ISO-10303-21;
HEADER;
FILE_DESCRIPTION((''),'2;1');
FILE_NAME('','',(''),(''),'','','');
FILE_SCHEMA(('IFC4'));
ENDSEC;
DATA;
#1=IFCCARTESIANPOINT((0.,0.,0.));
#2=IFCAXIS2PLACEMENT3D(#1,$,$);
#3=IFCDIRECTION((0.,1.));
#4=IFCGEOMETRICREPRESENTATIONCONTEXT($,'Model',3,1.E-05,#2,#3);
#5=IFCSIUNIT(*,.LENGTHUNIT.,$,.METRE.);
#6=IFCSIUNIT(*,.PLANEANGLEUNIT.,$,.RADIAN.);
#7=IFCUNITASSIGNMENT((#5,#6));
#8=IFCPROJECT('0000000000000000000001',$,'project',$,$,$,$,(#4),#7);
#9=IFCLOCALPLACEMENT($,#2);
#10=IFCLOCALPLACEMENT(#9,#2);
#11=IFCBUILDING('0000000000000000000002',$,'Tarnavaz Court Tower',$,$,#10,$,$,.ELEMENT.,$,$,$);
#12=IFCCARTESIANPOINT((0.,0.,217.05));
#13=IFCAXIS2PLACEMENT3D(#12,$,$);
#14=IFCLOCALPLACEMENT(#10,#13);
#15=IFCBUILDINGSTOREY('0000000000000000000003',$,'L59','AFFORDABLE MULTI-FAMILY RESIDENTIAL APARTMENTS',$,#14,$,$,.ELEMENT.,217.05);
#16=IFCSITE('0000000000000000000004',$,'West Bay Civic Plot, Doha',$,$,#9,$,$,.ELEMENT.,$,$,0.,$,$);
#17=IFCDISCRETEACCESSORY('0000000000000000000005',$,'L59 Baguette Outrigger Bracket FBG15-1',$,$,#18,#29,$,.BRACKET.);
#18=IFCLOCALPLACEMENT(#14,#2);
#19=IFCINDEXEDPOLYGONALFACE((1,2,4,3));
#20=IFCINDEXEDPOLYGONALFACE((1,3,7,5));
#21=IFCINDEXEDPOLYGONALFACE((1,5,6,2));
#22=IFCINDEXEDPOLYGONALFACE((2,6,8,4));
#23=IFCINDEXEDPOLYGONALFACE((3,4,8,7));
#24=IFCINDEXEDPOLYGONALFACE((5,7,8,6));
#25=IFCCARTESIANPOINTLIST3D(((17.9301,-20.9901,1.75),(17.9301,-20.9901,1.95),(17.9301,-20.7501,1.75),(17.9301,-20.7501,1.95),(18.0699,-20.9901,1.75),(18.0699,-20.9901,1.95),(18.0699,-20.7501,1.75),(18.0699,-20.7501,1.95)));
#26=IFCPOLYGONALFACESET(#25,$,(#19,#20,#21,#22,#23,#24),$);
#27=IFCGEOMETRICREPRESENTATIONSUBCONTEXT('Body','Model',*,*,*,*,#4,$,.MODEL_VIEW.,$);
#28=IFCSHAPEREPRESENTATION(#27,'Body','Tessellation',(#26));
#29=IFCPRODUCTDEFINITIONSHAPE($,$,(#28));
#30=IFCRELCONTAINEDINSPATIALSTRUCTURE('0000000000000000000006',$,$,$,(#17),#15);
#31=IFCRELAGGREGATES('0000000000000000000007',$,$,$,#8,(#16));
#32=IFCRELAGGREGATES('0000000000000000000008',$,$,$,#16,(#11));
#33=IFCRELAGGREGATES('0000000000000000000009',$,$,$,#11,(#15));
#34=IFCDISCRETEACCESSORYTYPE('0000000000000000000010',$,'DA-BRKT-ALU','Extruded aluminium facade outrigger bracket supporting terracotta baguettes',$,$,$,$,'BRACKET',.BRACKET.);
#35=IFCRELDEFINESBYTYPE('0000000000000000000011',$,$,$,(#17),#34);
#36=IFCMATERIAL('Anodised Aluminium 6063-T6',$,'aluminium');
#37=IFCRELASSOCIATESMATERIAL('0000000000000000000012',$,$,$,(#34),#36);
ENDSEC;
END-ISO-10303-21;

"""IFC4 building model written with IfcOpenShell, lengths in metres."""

from ifc_helpers import new_model, si_unit, direction, frame, origin, origin_2d, place, context, subcontext, project, spatial, rectangle, extrude, material, type_object, element, save


model = new_model("IFC4")

# Units and contexts
model_context = context("Model", 3, precision=1e-05, world=origin(), true_north=direction((0.0, 1.0)))
body_context = subcontext(model_context, "Body", "Model", "MODEL_VIEW")
ifc_project = project(units=[si_unit("LENGTHUNIT", "METRE"), si_unit("PLANEANGLEUNIT", "RADIAN")], contexts=[model_context])

# Site, building, storey
site_placement = place(None, origin())
site = spatial("IfcSite", under=ifc_project, at=site_placement, Name="West Bay Civic Plot, Doha", CompositionType="ELEMENT", RefElevation=0.0)
building_placement = place(site_placement, origin())
building = spatial("IfcBuilding", under=site, at=building_placement, Name="Tarnavaz Court Tower", CompositionType="ELEMENT")
storey_placement = place(building_placement, frame((0.0, 0.0, 217.05)))
storey = spatial("IfcBuildingStorey", under=building, at=storey_placement, Name="L59", Description="AFFORDABLE MULTI-FAMILY RESIDENTIAL APARTMENTS", CompositionType="ELEMENT", Elevation=217.05)

# Discrete accessory
ifc_material_1 = material(Name="Anodised Aluminium 6063-T6", Category="aluminium")
discrete_accessory_type = type_object("IfcDiscreteAccessoryType", Name="DA-BRKT-ALU", Description="Extruded aluminium facade outrigger bracket supporting terracotta baguettes", ElementType="BRACKET", PredefinedType="BRACKET", material=ifc_material_1)
for number, where, z_axis, x_axis, name in (
    (1, (18.0, -20.8701, 1.75), (0.0, 0.0, 1.0), (-1.0, 0.0, 0.0), "L59 Baguette Outrigger Bracket FBG15-1"),
):
    element("IfcDiscreteAccessory", number, at=place(storey_placement, frame(where, z_axis=z_axis, x_axis=x_axis)), inside=storey, type_object=discrete_accessory_type, Name=name, PredefinedType="BRACKET", context=body_context, shape_type="SweptSolid", body=[
        extrude(rectangle(XDim=0.1399, YDim=0.24, at=origin_2d()), origin(), (0.0, 0.0, 1.0), 0.2),
    ])

save(model, "model.ifc")
